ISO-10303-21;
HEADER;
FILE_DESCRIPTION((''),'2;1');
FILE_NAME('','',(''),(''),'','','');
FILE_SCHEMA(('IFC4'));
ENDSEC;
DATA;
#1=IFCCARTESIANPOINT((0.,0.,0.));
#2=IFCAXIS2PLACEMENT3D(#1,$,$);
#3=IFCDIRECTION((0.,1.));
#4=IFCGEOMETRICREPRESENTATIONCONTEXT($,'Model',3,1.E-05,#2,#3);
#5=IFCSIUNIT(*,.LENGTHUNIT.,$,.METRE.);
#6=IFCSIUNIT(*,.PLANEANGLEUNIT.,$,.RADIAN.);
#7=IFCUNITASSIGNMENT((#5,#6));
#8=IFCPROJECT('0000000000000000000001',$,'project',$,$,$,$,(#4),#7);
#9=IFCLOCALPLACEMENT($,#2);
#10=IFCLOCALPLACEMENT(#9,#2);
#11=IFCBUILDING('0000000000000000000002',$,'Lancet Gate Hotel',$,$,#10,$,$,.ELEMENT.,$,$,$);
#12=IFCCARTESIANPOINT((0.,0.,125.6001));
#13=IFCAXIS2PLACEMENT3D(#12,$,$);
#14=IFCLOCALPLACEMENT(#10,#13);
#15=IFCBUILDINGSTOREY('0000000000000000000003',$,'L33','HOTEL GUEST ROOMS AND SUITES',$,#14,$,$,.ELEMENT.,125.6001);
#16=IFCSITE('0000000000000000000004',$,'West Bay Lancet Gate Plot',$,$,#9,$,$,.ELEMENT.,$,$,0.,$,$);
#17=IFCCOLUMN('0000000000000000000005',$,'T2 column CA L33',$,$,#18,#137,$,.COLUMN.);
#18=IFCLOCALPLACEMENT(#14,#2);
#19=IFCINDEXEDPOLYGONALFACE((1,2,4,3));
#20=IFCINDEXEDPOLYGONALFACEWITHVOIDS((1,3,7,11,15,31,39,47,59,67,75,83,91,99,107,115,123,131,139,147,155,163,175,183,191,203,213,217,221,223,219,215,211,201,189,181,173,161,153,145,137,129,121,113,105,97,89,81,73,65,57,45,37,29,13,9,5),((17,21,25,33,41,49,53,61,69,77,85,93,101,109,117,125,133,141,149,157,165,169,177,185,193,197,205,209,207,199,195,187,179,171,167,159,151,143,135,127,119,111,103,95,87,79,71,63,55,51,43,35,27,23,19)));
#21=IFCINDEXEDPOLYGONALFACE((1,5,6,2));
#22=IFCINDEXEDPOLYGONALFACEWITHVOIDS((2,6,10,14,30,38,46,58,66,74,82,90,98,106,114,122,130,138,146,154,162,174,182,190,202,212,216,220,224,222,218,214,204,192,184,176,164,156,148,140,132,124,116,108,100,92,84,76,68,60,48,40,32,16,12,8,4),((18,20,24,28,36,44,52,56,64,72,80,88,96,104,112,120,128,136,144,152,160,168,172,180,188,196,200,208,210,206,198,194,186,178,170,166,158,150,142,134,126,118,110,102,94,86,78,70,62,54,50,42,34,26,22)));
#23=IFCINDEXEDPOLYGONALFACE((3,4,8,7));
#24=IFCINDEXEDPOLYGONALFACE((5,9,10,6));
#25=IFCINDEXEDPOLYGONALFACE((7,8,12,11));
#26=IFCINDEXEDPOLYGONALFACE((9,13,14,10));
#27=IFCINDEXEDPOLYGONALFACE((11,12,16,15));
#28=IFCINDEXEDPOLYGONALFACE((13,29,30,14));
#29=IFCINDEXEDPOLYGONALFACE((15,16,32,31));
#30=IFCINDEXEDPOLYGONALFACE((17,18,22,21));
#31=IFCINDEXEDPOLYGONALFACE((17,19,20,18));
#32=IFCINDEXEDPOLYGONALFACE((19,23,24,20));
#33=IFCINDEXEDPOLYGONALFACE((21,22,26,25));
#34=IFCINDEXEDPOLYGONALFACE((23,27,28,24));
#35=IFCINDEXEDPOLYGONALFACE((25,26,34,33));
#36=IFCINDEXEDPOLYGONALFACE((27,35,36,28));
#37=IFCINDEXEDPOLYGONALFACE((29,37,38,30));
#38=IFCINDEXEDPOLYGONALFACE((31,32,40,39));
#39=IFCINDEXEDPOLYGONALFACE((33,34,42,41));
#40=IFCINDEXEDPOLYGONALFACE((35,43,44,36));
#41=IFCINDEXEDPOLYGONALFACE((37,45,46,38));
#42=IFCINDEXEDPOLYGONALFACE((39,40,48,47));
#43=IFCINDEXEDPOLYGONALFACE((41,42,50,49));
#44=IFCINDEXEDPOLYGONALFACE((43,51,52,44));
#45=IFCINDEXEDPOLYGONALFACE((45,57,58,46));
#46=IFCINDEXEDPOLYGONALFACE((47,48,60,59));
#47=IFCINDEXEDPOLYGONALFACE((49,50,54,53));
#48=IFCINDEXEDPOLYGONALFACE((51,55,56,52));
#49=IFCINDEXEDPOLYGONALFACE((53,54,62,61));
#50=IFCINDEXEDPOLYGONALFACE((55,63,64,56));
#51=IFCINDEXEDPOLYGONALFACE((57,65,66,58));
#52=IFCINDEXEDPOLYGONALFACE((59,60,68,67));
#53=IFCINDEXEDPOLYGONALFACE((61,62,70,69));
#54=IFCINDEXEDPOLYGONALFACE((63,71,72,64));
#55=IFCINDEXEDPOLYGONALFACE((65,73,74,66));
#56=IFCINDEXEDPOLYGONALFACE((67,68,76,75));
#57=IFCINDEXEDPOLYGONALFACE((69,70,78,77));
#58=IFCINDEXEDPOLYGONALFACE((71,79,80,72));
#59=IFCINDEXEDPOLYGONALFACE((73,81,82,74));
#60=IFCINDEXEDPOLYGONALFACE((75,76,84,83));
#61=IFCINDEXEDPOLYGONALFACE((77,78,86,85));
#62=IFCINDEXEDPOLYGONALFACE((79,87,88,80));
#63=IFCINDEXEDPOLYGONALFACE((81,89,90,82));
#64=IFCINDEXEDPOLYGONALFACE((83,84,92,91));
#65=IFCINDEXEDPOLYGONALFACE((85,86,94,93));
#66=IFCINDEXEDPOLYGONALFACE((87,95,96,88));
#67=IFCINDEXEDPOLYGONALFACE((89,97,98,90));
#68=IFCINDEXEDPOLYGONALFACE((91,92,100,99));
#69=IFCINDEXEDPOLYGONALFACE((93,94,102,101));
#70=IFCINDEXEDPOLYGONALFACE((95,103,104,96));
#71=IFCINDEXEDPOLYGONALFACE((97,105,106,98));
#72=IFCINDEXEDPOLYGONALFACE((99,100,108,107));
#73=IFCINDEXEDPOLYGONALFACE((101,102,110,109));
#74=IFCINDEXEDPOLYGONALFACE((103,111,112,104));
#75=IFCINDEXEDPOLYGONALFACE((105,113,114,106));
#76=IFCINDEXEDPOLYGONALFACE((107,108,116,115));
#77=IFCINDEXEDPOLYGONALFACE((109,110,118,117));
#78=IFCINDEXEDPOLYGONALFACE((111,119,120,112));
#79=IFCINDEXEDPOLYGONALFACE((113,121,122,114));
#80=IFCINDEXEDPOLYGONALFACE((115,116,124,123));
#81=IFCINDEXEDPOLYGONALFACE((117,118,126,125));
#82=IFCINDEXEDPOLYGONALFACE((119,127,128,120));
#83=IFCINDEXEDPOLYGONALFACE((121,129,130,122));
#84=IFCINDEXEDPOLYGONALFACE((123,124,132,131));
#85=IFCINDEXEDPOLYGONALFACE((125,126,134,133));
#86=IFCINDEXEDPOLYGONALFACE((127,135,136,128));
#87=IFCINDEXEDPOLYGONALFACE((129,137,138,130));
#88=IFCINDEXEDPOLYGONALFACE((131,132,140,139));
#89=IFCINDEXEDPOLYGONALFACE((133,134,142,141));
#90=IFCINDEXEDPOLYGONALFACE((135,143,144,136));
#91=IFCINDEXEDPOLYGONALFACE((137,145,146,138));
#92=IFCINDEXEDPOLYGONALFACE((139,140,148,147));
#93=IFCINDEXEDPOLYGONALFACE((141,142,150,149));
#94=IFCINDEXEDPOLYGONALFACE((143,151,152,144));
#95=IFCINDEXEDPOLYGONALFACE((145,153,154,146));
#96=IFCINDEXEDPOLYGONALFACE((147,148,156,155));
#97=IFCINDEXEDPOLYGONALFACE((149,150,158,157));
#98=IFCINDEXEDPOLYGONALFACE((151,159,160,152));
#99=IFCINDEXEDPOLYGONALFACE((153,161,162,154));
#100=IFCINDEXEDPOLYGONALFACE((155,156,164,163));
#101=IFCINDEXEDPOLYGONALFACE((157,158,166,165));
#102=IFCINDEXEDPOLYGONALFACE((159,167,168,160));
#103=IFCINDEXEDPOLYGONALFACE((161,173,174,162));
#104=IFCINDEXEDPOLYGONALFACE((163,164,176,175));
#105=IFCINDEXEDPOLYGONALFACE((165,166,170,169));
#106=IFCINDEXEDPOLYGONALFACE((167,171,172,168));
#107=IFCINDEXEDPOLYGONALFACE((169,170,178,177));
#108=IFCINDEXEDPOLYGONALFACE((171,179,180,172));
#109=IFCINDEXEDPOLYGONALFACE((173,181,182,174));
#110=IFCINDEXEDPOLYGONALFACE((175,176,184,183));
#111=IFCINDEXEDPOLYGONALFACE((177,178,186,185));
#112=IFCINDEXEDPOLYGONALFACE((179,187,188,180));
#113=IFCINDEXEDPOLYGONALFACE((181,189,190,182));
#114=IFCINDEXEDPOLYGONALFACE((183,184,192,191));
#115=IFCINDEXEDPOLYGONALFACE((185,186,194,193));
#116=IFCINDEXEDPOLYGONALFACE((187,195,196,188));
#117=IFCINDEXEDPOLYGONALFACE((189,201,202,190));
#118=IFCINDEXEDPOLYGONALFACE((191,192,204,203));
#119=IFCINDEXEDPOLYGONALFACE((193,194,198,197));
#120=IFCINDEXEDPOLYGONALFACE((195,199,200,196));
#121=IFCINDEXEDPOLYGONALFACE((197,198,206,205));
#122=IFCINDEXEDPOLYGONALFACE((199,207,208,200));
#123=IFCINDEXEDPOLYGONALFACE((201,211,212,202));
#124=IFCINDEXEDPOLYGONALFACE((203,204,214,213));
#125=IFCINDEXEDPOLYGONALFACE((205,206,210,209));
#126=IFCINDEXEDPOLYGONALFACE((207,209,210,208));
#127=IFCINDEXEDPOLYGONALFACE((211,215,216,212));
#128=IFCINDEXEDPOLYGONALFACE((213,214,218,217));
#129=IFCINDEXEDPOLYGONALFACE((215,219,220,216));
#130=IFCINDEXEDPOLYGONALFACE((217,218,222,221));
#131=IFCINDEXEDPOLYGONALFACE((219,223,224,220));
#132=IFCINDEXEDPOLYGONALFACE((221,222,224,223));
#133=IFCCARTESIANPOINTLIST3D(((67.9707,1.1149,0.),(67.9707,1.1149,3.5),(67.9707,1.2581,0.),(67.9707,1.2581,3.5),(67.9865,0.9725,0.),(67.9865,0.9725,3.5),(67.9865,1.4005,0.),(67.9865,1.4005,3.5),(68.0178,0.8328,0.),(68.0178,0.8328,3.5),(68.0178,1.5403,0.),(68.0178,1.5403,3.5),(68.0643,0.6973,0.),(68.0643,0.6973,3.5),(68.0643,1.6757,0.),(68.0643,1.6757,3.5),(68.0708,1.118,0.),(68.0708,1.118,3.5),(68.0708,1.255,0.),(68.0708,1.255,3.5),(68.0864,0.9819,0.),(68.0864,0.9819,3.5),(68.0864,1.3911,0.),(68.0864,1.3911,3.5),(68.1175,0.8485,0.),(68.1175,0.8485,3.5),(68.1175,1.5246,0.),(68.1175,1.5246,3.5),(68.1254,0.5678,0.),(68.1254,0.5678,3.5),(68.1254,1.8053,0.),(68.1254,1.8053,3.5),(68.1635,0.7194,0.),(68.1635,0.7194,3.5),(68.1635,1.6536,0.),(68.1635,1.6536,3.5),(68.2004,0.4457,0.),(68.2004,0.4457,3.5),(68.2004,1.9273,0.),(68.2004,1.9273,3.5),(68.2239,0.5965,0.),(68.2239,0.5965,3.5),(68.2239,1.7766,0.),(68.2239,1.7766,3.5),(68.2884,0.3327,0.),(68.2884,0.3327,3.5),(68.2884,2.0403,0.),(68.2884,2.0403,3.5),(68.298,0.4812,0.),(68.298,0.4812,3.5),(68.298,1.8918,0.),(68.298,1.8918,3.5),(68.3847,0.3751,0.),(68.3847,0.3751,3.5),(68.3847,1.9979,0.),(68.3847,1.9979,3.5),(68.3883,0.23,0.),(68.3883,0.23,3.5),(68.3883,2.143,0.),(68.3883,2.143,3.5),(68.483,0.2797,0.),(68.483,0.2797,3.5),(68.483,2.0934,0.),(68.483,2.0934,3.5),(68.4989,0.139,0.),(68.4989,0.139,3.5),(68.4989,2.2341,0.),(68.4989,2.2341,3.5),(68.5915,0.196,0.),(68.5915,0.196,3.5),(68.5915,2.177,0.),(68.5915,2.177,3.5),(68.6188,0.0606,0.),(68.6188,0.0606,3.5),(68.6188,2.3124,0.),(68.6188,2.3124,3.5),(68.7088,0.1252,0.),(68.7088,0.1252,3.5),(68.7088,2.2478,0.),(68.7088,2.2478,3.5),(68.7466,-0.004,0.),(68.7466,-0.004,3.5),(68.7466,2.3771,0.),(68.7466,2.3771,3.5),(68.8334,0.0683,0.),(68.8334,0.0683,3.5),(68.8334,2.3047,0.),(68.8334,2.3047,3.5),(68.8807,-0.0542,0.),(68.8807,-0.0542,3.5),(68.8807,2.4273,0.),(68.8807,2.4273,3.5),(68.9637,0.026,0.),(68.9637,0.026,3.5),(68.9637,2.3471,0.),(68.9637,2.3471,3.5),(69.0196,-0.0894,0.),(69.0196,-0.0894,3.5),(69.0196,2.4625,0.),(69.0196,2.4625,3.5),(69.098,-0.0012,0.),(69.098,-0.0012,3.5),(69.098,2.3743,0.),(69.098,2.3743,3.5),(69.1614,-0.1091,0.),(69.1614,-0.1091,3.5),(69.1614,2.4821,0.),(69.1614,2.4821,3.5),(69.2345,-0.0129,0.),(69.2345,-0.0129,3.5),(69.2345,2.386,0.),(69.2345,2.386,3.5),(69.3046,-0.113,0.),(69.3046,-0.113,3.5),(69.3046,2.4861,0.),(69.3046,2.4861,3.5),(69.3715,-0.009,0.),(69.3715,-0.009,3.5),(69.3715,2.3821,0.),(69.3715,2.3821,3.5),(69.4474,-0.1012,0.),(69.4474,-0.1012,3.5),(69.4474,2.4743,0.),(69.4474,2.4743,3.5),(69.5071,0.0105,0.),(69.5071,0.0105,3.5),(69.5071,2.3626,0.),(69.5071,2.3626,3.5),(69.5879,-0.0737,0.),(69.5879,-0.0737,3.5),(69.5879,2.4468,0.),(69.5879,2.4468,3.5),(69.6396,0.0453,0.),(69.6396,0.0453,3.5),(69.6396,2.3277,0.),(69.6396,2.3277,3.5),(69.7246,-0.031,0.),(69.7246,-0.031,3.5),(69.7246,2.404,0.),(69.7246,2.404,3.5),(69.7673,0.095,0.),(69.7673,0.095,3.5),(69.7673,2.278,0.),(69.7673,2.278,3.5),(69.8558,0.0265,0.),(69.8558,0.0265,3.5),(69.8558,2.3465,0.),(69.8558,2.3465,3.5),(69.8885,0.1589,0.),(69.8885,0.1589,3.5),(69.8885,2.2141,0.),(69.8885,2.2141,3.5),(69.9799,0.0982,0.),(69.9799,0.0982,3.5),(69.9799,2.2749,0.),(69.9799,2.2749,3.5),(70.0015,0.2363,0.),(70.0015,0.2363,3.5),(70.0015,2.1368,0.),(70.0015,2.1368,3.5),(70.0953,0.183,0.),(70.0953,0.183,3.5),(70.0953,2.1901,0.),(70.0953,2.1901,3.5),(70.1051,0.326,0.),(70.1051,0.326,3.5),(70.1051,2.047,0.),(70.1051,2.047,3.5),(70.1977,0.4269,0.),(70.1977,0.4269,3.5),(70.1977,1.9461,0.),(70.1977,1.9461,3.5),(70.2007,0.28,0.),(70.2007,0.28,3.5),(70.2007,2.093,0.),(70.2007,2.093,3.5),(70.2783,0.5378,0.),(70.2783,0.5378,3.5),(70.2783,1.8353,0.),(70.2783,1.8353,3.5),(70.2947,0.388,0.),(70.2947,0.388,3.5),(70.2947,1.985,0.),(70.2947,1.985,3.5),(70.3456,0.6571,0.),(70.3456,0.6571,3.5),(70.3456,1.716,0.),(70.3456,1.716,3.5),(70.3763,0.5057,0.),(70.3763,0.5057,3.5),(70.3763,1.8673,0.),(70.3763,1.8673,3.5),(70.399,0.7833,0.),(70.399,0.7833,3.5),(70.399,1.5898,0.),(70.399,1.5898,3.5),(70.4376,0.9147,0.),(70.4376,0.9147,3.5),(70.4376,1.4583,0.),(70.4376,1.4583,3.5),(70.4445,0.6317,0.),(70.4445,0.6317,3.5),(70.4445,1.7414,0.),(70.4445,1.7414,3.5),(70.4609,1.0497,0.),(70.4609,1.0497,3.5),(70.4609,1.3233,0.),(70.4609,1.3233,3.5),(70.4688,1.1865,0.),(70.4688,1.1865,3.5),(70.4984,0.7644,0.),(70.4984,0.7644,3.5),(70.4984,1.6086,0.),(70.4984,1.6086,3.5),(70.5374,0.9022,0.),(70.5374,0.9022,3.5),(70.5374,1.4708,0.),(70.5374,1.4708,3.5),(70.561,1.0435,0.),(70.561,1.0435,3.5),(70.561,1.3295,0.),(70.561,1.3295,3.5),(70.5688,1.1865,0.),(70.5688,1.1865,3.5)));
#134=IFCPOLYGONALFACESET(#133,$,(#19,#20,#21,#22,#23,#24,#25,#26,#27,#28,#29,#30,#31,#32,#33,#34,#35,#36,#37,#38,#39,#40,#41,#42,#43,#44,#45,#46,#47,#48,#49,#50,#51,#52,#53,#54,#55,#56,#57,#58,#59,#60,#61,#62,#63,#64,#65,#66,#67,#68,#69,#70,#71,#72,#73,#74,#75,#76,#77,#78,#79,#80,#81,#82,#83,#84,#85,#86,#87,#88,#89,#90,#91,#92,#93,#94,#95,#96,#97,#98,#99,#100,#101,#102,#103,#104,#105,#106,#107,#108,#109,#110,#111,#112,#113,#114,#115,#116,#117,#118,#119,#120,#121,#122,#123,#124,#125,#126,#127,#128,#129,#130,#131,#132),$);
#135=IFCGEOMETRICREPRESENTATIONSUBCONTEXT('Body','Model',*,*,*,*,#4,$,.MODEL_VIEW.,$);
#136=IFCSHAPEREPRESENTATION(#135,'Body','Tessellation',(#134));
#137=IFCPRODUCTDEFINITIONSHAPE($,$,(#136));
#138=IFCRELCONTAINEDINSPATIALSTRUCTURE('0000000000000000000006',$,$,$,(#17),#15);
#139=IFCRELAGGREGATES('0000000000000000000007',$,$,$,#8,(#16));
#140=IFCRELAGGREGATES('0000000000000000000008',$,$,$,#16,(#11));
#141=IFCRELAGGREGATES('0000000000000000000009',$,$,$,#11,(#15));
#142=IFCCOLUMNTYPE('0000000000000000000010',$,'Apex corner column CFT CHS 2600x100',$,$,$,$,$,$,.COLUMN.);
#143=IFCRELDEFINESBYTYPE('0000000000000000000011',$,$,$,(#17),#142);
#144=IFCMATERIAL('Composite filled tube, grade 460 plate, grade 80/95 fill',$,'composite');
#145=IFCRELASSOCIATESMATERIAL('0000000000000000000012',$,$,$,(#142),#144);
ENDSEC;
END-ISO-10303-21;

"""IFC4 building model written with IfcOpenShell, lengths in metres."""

from ifc_helpers import new_model, si_unit, direction, frame, origin, origin_2d, place, context, subcontext, project, spatial, hollow_circle, extrude, material, material_profile, profile_set, type_object, element, save


model = new_model("IFC4")

# Units and contexts
model_context = context("Model", 3, precision=1e-05, world=origin(), true_north=direction((0.0, 1.0)))
body_context = subcontext(model_context, "Body", "Model", "MODEL_VIEW")
ifc_project = project(units=[si_unit("LENGTHUNIT", "METRE"), si_unit("PLANEANGLEUNIT", "RADIAN")], contexts=[model_context])

# Site, building, storey
site_placement = place(None, origin())
site = spatial("IfcSite", under=ifc_project, at=site_placement, Name="West Bay Lancet Gate Plot", CompositionType="ELEMENT", RefElevation=0.0)
building_placement = place(site_placement, origin())
building = spatial("IfcBuilding", under=site, at=building_placement, Name="Lancet Gate Hotel", CompositionType="ELEMENT")
storey_placement = place(building_placement, frame((0.0, 0.0, 125.6001)))
storey = spatial("IfcBuildingStorey", under=building, at=storey_placement, Name="L33", Description="HOTEL GUEST ROOMS AND SUITES", CompositionType="ELEMENT", Elevation=125.6001)

# Column
ifc_material_1 = material(Name="Composite filled tube, grade 460 plate, grade 80/95 fill", Category="composite")
ifc_material_profile_1 = material_profile(ifc_material_1, hollow_circle(Radius=1.3, WallThickness=0.1001, at=origin_2d()), Name="CHS 2600x100")
ifc_profile_set_1 = profile_set([ifc_material_profile_1], Name="Composite filled tube, grade 460 plate, grade 80/95 fill")
column_type_1 = type_object("IfcColumnType", Name="Apex corner column CFT CHS 2600x100", PredefinedType="COLUMN", material=ifc_profile_set_1)
column_1_placement = place(storey_placement, frame((69.2688, 1.1865, 0.0), z_axis=(0.0, 0.0, 1.0), x_axis=(1.0, 0.0, 0.0)))
element("IfcColumn", 1, at=column_1_placement, inside=storey, type_object=column_type_1, Name="T2 column CA L33", PredefinedType="COLUMN", context=body_context, shape_type="SweptSolid", body=[
    extrude(hollow_circle(Radius=1.3, WallThickness=0.1001, at=origin_2d()), origin(), (0.0, 0.0, 1.0), 3.5),
])

save(model, "model.ifc")
